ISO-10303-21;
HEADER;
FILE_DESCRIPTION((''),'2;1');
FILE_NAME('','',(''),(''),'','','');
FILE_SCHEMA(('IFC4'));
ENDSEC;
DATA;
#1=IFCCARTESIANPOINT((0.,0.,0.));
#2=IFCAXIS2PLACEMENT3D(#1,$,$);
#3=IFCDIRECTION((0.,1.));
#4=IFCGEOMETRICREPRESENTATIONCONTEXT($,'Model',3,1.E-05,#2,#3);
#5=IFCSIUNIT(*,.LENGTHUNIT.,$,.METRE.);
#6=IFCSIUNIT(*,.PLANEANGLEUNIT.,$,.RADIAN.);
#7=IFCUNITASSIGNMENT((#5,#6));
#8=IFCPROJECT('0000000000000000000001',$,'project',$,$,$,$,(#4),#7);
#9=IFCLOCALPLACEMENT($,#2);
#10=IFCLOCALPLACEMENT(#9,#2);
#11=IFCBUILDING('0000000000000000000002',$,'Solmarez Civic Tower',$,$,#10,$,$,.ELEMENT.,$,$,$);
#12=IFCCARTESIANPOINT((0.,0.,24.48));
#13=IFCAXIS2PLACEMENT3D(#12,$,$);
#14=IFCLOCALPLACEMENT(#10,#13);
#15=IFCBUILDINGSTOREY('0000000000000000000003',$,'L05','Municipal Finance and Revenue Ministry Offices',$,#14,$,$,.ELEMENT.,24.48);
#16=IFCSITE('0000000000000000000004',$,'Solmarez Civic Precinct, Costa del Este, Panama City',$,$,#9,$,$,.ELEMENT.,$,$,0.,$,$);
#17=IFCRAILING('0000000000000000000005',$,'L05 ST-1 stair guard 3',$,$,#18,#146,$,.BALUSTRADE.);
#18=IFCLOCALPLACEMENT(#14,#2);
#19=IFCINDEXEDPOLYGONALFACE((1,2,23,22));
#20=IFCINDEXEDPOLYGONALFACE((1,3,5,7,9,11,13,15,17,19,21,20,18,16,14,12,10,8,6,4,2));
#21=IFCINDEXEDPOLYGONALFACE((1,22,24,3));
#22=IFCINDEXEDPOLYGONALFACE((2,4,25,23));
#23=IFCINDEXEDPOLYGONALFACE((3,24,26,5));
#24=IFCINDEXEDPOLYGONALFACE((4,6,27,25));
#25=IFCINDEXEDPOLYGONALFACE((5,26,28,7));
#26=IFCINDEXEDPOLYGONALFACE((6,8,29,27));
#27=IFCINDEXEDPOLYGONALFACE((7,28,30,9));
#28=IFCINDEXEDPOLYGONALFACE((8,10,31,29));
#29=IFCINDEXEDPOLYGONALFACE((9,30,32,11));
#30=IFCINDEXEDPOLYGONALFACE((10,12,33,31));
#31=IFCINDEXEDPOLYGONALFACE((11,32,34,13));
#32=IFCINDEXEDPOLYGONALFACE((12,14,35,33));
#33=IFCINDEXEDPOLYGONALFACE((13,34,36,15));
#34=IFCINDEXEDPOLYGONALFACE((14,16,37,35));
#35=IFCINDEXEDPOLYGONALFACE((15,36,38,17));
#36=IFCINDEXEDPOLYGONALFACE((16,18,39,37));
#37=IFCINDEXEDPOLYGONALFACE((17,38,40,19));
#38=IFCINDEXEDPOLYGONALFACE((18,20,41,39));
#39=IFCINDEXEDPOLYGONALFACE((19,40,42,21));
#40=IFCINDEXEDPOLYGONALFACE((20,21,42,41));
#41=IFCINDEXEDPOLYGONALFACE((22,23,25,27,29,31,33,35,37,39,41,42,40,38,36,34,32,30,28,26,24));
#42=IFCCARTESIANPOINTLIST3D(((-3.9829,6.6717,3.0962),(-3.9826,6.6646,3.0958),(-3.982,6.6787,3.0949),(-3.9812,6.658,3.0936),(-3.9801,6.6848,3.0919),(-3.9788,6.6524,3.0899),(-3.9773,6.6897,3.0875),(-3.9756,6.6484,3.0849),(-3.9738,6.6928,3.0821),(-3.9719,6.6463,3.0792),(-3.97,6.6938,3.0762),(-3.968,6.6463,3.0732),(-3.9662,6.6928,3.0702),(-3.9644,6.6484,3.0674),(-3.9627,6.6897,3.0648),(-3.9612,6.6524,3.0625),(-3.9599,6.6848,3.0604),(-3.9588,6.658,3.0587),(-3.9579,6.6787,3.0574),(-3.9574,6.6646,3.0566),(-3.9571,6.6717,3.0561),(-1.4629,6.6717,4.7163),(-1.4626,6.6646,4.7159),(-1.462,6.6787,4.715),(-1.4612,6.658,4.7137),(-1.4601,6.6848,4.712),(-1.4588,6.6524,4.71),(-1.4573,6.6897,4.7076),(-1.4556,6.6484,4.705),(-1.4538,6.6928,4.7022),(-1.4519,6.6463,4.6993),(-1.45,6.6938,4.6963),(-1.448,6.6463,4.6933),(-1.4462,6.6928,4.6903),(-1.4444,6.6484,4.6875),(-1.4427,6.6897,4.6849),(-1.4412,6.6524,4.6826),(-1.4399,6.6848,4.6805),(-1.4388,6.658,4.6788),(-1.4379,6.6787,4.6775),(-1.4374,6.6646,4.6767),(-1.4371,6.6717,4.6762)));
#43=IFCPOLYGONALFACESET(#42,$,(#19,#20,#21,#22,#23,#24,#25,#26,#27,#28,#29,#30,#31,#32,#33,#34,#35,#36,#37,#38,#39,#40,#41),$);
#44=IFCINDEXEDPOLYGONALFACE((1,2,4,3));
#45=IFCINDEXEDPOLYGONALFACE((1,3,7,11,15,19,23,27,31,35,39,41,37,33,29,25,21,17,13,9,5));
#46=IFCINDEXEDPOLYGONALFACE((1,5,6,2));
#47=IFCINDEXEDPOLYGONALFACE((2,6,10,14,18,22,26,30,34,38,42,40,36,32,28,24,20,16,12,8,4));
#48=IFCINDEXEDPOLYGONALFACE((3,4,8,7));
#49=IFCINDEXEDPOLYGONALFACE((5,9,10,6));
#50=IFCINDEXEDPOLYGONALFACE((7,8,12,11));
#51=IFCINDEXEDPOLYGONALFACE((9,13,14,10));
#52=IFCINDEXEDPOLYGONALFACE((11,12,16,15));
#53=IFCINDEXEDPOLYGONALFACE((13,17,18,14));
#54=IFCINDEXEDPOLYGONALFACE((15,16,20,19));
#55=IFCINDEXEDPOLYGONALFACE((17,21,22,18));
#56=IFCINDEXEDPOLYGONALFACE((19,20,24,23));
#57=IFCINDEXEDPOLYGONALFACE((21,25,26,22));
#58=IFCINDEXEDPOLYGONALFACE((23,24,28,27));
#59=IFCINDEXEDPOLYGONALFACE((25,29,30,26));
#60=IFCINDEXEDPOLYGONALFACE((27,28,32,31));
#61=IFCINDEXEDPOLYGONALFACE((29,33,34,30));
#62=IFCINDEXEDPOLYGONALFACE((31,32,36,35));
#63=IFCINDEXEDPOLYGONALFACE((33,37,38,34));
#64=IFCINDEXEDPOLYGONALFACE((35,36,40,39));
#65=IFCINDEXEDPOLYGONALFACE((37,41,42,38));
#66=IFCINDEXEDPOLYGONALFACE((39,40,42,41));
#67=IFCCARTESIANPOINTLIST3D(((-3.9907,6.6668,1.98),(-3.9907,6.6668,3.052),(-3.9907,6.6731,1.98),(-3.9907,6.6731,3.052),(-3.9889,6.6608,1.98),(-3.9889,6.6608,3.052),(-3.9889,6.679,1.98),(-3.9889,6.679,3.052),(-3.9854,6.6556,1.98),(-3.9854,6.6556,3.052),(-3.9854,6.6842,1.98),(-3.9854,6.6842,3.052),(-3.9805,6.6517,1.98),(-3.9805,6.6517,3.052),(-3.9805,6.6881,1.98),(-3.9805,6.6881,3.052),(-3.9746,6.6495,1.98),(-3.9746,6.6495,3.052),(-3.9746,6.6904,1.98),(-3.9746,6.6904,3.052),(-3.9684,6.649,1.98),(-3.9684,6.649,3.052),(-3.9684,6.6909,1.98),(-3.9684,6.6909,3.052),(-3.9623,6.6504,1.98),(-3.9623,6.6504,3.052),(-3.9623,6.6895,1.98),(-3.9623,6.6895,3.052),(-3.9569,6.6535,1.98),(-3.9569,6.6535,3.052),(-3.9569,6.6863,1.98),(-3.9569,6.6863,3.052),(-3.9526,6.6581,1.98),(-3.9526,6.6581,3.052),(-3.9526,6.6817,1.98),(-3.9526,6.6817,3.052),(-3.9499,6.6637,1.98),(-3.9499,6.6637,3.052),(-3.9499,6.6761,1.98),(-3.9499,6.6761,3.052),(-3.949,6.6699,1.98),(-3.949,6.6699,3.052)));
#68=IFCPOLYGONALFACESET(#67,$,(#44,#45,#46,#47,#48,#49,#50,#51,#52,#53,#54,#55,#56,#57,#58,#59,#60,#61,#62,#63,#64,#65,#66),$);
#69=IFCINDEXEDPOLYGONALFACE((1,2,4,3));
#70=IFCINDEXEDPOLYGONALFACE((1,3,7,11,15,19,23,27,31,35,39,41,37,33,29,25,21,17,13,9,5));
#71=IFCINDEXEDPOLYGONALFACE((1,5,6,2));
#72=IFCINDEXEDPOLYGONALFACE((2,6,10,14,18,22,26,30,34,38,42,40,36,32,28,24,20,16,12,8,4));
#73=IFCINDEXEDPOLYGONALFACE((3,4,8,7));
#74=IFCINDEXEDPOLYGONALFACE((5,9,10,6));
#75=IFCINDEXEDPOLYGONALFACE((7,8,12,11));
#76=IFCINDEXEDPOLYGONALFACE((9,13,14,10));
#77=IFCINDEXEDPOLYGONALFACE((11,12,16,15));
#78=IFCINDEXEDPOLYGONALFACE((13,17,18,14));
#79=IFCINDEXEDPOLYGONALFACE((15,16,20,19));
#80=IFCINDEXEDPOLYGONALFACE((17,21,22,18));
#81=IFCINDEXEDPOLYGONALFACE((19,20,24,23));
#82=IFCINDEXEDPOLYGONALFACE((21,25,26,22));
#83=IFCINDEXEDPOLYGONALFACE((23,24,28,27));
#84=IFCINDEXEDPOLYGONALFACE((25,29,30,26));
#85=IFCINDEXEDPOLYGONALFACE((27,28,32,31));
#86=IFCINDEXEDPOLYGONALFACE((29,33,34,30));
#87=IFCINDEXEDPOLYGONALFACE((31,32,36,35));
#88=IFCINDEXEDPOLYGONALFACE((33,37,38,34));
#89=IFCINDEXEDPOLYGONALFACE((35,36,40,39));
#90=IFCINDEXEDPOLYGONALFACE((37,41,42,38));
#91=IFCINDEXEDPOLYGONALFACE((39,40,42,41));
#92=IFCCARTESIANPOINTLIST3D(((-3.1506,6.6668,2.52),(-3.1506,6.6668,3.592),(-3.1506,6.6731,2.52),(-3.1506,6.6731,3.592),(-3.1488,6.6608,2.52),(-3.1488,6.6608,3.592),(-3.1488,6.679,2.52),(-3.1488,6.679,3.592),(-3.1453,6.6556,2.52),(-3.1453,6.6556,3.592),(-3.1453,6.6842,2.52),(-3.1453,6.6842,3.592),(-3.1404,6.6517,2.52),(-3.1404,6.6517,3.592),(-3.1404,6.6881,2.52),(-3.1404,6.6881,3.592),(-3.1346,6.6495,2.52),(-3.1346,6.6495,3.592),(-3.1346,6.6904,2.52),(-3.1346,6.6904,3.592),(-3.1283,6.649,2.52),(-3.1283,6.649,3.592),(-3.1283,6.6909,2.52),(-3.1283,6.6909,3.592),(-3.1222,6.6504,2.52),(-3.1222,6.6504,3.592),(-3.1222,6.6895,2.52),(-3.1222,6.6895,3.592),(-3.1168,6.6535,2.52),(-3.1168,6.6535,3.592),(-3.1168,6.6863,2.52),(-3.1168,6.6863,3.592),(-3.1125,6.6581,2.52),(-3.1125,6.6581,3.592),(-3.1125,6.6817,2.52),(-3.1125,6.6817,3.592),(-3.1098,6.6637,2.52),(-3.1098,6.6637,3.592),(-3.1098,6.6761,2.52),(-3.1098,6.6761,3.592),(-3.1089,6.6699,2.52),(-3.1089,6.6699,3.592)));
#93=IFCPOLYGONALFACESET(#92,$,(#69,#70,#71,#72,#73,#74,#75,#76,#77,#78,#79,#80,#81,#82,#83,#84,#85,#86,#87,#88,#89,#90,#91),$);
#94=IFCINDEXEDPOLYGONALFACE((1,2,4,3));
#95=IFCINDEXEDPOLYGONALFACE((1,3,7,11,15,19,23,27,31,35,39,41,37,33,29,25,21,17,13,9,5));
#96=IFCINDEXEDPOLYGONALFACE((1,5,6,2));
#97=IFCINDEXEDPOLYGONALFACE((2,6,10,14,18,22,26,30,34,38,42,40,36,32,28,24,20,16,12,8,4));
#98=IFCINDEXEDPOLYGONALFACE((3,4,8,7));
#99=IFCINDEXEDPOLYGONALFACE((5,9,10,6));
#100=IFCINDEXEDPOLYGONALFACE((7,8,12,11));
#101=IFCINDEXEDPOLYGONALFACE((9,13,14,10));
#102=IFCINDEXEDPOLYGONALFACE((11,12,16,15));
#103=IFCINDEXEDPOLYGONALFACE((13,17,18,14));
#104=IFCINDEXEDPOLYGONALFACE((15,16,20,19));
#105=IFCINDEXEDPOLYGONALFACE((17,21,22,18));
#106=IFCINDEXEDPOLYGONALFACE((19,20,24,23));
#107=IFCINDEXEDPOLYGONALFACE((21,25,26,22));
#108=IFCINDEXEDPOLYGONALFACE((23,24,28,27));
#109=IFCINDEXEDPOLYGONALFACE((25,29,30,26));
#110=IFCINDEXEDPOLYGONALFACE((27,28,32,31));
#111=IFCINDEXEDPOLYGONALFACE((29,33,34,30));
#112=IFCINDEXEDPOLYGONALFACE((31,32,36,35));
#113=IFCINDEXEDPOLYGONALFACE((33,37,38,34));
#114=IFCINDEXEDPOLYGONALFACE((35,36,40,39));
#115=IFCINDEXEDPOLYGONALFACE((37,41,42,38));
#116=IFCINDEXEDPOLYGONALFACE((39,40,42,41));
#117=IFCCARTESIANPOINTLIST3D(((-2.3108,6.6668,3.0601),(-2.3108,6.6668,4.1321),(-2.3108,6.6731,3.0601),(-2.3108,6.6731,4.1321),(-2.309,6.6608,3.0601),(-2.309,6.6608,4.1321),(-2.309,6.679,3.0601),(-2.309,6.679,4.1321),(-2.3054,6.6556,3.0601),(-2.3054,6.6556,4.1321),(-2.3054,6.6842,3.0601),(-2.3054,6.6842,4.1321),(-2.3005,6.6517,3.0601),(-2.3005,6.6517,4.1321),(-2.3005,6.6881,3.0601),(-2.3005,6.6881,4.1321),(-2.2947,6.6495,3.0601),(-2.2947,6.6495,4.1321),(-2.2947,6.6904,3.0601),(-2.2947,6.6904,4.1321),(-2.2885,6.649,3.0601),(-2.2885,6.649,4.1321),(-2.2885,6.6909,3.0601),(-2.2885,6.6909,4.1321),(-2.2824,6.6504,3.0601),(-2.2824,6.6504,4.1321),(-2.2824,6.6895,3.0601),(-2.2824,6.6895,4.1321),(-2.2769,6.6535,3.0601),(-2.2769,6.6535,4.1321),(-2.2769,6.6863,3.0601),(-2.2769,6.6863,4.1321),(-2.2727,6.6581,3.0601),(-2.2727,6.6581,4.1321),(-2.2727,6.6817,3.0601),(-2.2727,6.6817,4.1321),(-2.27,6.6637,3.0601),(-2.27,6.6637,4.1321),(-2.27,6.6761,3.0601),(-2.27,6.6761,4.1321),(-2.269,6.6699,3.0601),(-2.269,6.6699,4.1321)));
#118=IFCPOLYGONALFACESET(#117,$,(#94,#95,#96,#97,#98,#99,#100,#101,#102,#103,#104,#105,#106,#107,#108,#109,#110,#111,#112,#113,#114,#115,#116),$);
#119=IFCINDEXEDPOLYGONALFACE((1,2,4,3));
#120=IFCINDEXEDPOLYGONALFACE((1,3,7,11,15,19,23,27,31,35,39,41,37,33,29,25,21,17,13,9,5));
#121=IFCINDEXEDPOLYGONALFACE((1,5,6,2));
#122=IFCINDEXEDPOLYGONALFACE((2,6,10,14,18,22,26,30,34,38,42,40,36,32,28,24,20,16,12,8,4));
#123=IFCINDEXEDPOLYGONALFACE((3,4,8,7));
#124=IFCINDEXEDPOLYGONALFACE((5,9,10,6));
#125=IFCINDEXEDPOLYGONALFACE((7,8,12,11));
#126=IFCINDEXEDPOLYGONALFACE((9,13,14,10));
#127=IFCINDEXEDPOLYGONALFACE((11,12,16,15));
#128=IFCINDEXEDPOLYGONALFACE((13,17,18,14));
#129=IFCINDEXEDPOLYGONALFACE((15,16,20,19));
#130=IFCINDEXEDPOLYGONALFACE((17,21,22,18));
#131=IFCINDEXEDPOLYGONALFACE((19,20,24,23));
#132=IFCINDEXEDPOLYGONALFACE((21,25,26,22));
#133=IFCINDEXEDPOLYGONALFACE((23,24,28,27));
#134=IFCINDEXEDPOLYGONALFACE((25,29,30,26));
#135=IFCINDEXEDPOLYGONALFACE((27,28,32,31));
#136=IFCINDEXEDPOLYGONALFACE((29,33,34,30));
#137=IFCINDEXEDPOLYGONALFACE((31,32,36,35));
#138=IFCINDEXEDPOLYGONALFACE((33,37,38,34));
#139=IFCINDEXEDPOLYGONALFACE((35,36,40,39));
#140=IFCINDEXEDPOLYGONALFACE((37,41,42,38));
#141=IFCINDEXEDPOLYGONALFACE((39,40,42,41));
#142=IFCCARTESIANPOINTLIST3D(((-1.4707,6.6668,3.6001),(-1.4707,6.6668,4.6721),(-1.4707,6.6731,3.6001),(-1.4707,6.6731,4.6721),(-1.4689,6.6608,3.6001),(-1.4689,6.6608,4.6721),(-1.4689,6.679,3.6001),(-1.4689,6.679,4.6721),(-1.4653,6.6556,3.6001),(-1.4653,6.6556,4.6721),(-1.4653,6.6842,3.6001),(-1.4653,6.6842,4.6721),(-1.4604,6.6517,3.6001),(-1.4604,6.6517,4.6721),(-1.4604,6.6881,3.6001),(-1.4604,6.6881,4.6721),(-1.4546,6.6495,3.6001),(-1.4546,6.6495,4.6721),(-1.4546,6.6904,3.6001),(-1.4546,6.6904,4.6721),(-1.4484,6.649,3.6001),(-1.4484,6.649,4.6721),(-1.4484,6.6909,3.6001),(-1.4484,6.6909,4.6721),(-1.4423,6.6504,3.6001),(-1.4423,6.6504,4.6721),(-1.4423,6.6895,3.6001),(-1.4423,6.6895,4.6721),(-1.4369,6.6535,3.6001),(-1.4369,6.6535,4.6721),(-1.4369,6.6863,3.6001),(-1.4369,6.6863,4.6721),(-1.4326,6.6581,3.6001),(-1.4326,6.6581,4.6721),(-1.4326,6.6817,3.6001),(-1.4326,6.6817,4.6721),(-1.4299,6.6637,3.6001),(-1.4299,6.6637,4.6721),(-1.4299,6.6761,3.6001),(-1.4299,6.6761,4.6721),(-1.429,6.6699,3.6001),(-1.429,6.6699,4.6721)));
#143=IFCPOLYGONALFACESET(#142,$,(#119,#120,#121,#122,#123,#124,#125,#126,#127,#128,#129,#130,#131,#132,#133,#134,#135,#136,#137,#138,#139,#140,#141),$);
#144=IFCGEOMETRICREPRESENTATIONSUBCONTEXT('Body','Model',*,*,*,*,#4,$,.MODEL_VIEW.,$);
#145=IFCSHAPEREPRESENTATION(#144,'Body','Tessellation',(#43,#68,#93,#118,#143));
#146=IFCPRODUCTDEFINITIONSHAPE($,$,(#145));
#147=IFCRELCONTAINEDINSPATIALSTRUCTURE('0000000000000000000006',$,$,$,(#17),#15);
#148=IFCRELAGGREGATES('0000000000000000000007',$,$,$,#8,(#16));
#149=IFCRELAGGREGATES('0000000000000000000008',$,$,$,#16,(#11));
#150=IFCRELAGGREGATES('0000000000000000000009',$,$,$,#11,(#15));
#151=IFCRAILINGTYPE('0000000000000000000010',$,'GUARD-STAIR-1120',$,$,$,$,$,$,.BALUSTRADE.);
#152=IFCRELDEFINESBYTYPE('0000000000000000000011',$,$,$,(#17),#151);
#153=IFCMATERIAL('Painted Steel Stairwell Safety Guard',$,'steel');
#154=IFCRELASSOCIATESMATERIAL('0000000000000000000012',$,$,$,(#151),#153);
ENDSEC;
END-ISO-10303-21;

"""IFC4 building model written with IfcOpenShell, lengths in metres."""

from ifc_helpers import new_model, si_unit, direction, frame, origin, origin_2d, place, context, subcontext, project, spatial, circle, extrude, material, type_object, element, save


model = new_model("IFC4")

# Units and contexts
model_context = context("Model", 3, precision=1e-05, world=origin(), true_north=direction((0.0, 1.0)))
body_context = subcontext(model_context, "Body", "Model", "MODEL_VIEW")
ifc_project = project(units=[si_unit("LENGTHUNIT", "METRE"), si_unit("PLANEANGLEUNIT", "RADIAN")], contexts=[model_context])

# Site, building, storey
site_placement = place(None, origin())
site = spatial("IfcSite", under=ifc_project, at=site_placement, Name="Solmarez Civic Precinct, Costa del Este, Panama City", CompositionType="ELEMENT", RefElevation=0.0)
building_placement = place(site_placement, origin())
building = spatial("IfcBuilding", under=site, at=building_placement, Name="Solmarez Civic Tower", CompositionType="ELEMENT")
storey_placement = place(building_placement, frame((0.0, 0.0, 24.48)))
storey = spatial("IfcBuildingStorey", under=building, at=storey_placement, Name="L05", Description="Municipal Finance and Revenue Ministry Offices", CompositionType="ELEMENT", Elevation=24.48)

# Railing
ifc_material_1 = material(Name="Painted Steel Stairwell Safety Guard", Category="steel")
railing_type_1 = type_object("IfcRailingType", Name="GUARD-STAIR-1120", PredefinedType="BALUSTRADE", material=ifc_material_1)
railing_1_placement = place(storey_placement, frame((-3.97, 6.6699, 1.98)))
element("IfcRailing", 1, at=railing_1_placement, inside=storey, type_object=railing_type_1, Name="L05 ST-1 stair guard 3", PredefinedType="BALUSTRADE", context=body_context, shape_type="SweptSolid", body=[
    extrude(circle(Radius=0.0239, at=origin_2d()), frame((0.0, 0.0, 1.0962), z_axis=(0.841163, 0.0, 0.540782), x_axis=(0.0, 1.0, 0.0)), (0.0, 0.0, 1.0), 2.9958),
    extrude(circle(Radius=0.021, at=origin_2d()), origin(), (0.0, 0.0, 1.0), 1.072),
    extrude(circle(Radius=0.021, at=origin_2d()), frame((0.8401, 0.0, 0.54)), (0.0, 0.0, 1.0), 1.072),
    extrude(circle(Radius=0.021, at=origin_2d()), frame((1.6799, 0.0, 1.0801)), (0.0, 0.0, 1.0), 1.072),
    extrude(circle(Radius=0.021, at=origin_2d()), frame((2.52, 0.0, 1.6201)), (0.0, 0.0, 1.0), 1.072),
])

save(model, "model.ifc")
